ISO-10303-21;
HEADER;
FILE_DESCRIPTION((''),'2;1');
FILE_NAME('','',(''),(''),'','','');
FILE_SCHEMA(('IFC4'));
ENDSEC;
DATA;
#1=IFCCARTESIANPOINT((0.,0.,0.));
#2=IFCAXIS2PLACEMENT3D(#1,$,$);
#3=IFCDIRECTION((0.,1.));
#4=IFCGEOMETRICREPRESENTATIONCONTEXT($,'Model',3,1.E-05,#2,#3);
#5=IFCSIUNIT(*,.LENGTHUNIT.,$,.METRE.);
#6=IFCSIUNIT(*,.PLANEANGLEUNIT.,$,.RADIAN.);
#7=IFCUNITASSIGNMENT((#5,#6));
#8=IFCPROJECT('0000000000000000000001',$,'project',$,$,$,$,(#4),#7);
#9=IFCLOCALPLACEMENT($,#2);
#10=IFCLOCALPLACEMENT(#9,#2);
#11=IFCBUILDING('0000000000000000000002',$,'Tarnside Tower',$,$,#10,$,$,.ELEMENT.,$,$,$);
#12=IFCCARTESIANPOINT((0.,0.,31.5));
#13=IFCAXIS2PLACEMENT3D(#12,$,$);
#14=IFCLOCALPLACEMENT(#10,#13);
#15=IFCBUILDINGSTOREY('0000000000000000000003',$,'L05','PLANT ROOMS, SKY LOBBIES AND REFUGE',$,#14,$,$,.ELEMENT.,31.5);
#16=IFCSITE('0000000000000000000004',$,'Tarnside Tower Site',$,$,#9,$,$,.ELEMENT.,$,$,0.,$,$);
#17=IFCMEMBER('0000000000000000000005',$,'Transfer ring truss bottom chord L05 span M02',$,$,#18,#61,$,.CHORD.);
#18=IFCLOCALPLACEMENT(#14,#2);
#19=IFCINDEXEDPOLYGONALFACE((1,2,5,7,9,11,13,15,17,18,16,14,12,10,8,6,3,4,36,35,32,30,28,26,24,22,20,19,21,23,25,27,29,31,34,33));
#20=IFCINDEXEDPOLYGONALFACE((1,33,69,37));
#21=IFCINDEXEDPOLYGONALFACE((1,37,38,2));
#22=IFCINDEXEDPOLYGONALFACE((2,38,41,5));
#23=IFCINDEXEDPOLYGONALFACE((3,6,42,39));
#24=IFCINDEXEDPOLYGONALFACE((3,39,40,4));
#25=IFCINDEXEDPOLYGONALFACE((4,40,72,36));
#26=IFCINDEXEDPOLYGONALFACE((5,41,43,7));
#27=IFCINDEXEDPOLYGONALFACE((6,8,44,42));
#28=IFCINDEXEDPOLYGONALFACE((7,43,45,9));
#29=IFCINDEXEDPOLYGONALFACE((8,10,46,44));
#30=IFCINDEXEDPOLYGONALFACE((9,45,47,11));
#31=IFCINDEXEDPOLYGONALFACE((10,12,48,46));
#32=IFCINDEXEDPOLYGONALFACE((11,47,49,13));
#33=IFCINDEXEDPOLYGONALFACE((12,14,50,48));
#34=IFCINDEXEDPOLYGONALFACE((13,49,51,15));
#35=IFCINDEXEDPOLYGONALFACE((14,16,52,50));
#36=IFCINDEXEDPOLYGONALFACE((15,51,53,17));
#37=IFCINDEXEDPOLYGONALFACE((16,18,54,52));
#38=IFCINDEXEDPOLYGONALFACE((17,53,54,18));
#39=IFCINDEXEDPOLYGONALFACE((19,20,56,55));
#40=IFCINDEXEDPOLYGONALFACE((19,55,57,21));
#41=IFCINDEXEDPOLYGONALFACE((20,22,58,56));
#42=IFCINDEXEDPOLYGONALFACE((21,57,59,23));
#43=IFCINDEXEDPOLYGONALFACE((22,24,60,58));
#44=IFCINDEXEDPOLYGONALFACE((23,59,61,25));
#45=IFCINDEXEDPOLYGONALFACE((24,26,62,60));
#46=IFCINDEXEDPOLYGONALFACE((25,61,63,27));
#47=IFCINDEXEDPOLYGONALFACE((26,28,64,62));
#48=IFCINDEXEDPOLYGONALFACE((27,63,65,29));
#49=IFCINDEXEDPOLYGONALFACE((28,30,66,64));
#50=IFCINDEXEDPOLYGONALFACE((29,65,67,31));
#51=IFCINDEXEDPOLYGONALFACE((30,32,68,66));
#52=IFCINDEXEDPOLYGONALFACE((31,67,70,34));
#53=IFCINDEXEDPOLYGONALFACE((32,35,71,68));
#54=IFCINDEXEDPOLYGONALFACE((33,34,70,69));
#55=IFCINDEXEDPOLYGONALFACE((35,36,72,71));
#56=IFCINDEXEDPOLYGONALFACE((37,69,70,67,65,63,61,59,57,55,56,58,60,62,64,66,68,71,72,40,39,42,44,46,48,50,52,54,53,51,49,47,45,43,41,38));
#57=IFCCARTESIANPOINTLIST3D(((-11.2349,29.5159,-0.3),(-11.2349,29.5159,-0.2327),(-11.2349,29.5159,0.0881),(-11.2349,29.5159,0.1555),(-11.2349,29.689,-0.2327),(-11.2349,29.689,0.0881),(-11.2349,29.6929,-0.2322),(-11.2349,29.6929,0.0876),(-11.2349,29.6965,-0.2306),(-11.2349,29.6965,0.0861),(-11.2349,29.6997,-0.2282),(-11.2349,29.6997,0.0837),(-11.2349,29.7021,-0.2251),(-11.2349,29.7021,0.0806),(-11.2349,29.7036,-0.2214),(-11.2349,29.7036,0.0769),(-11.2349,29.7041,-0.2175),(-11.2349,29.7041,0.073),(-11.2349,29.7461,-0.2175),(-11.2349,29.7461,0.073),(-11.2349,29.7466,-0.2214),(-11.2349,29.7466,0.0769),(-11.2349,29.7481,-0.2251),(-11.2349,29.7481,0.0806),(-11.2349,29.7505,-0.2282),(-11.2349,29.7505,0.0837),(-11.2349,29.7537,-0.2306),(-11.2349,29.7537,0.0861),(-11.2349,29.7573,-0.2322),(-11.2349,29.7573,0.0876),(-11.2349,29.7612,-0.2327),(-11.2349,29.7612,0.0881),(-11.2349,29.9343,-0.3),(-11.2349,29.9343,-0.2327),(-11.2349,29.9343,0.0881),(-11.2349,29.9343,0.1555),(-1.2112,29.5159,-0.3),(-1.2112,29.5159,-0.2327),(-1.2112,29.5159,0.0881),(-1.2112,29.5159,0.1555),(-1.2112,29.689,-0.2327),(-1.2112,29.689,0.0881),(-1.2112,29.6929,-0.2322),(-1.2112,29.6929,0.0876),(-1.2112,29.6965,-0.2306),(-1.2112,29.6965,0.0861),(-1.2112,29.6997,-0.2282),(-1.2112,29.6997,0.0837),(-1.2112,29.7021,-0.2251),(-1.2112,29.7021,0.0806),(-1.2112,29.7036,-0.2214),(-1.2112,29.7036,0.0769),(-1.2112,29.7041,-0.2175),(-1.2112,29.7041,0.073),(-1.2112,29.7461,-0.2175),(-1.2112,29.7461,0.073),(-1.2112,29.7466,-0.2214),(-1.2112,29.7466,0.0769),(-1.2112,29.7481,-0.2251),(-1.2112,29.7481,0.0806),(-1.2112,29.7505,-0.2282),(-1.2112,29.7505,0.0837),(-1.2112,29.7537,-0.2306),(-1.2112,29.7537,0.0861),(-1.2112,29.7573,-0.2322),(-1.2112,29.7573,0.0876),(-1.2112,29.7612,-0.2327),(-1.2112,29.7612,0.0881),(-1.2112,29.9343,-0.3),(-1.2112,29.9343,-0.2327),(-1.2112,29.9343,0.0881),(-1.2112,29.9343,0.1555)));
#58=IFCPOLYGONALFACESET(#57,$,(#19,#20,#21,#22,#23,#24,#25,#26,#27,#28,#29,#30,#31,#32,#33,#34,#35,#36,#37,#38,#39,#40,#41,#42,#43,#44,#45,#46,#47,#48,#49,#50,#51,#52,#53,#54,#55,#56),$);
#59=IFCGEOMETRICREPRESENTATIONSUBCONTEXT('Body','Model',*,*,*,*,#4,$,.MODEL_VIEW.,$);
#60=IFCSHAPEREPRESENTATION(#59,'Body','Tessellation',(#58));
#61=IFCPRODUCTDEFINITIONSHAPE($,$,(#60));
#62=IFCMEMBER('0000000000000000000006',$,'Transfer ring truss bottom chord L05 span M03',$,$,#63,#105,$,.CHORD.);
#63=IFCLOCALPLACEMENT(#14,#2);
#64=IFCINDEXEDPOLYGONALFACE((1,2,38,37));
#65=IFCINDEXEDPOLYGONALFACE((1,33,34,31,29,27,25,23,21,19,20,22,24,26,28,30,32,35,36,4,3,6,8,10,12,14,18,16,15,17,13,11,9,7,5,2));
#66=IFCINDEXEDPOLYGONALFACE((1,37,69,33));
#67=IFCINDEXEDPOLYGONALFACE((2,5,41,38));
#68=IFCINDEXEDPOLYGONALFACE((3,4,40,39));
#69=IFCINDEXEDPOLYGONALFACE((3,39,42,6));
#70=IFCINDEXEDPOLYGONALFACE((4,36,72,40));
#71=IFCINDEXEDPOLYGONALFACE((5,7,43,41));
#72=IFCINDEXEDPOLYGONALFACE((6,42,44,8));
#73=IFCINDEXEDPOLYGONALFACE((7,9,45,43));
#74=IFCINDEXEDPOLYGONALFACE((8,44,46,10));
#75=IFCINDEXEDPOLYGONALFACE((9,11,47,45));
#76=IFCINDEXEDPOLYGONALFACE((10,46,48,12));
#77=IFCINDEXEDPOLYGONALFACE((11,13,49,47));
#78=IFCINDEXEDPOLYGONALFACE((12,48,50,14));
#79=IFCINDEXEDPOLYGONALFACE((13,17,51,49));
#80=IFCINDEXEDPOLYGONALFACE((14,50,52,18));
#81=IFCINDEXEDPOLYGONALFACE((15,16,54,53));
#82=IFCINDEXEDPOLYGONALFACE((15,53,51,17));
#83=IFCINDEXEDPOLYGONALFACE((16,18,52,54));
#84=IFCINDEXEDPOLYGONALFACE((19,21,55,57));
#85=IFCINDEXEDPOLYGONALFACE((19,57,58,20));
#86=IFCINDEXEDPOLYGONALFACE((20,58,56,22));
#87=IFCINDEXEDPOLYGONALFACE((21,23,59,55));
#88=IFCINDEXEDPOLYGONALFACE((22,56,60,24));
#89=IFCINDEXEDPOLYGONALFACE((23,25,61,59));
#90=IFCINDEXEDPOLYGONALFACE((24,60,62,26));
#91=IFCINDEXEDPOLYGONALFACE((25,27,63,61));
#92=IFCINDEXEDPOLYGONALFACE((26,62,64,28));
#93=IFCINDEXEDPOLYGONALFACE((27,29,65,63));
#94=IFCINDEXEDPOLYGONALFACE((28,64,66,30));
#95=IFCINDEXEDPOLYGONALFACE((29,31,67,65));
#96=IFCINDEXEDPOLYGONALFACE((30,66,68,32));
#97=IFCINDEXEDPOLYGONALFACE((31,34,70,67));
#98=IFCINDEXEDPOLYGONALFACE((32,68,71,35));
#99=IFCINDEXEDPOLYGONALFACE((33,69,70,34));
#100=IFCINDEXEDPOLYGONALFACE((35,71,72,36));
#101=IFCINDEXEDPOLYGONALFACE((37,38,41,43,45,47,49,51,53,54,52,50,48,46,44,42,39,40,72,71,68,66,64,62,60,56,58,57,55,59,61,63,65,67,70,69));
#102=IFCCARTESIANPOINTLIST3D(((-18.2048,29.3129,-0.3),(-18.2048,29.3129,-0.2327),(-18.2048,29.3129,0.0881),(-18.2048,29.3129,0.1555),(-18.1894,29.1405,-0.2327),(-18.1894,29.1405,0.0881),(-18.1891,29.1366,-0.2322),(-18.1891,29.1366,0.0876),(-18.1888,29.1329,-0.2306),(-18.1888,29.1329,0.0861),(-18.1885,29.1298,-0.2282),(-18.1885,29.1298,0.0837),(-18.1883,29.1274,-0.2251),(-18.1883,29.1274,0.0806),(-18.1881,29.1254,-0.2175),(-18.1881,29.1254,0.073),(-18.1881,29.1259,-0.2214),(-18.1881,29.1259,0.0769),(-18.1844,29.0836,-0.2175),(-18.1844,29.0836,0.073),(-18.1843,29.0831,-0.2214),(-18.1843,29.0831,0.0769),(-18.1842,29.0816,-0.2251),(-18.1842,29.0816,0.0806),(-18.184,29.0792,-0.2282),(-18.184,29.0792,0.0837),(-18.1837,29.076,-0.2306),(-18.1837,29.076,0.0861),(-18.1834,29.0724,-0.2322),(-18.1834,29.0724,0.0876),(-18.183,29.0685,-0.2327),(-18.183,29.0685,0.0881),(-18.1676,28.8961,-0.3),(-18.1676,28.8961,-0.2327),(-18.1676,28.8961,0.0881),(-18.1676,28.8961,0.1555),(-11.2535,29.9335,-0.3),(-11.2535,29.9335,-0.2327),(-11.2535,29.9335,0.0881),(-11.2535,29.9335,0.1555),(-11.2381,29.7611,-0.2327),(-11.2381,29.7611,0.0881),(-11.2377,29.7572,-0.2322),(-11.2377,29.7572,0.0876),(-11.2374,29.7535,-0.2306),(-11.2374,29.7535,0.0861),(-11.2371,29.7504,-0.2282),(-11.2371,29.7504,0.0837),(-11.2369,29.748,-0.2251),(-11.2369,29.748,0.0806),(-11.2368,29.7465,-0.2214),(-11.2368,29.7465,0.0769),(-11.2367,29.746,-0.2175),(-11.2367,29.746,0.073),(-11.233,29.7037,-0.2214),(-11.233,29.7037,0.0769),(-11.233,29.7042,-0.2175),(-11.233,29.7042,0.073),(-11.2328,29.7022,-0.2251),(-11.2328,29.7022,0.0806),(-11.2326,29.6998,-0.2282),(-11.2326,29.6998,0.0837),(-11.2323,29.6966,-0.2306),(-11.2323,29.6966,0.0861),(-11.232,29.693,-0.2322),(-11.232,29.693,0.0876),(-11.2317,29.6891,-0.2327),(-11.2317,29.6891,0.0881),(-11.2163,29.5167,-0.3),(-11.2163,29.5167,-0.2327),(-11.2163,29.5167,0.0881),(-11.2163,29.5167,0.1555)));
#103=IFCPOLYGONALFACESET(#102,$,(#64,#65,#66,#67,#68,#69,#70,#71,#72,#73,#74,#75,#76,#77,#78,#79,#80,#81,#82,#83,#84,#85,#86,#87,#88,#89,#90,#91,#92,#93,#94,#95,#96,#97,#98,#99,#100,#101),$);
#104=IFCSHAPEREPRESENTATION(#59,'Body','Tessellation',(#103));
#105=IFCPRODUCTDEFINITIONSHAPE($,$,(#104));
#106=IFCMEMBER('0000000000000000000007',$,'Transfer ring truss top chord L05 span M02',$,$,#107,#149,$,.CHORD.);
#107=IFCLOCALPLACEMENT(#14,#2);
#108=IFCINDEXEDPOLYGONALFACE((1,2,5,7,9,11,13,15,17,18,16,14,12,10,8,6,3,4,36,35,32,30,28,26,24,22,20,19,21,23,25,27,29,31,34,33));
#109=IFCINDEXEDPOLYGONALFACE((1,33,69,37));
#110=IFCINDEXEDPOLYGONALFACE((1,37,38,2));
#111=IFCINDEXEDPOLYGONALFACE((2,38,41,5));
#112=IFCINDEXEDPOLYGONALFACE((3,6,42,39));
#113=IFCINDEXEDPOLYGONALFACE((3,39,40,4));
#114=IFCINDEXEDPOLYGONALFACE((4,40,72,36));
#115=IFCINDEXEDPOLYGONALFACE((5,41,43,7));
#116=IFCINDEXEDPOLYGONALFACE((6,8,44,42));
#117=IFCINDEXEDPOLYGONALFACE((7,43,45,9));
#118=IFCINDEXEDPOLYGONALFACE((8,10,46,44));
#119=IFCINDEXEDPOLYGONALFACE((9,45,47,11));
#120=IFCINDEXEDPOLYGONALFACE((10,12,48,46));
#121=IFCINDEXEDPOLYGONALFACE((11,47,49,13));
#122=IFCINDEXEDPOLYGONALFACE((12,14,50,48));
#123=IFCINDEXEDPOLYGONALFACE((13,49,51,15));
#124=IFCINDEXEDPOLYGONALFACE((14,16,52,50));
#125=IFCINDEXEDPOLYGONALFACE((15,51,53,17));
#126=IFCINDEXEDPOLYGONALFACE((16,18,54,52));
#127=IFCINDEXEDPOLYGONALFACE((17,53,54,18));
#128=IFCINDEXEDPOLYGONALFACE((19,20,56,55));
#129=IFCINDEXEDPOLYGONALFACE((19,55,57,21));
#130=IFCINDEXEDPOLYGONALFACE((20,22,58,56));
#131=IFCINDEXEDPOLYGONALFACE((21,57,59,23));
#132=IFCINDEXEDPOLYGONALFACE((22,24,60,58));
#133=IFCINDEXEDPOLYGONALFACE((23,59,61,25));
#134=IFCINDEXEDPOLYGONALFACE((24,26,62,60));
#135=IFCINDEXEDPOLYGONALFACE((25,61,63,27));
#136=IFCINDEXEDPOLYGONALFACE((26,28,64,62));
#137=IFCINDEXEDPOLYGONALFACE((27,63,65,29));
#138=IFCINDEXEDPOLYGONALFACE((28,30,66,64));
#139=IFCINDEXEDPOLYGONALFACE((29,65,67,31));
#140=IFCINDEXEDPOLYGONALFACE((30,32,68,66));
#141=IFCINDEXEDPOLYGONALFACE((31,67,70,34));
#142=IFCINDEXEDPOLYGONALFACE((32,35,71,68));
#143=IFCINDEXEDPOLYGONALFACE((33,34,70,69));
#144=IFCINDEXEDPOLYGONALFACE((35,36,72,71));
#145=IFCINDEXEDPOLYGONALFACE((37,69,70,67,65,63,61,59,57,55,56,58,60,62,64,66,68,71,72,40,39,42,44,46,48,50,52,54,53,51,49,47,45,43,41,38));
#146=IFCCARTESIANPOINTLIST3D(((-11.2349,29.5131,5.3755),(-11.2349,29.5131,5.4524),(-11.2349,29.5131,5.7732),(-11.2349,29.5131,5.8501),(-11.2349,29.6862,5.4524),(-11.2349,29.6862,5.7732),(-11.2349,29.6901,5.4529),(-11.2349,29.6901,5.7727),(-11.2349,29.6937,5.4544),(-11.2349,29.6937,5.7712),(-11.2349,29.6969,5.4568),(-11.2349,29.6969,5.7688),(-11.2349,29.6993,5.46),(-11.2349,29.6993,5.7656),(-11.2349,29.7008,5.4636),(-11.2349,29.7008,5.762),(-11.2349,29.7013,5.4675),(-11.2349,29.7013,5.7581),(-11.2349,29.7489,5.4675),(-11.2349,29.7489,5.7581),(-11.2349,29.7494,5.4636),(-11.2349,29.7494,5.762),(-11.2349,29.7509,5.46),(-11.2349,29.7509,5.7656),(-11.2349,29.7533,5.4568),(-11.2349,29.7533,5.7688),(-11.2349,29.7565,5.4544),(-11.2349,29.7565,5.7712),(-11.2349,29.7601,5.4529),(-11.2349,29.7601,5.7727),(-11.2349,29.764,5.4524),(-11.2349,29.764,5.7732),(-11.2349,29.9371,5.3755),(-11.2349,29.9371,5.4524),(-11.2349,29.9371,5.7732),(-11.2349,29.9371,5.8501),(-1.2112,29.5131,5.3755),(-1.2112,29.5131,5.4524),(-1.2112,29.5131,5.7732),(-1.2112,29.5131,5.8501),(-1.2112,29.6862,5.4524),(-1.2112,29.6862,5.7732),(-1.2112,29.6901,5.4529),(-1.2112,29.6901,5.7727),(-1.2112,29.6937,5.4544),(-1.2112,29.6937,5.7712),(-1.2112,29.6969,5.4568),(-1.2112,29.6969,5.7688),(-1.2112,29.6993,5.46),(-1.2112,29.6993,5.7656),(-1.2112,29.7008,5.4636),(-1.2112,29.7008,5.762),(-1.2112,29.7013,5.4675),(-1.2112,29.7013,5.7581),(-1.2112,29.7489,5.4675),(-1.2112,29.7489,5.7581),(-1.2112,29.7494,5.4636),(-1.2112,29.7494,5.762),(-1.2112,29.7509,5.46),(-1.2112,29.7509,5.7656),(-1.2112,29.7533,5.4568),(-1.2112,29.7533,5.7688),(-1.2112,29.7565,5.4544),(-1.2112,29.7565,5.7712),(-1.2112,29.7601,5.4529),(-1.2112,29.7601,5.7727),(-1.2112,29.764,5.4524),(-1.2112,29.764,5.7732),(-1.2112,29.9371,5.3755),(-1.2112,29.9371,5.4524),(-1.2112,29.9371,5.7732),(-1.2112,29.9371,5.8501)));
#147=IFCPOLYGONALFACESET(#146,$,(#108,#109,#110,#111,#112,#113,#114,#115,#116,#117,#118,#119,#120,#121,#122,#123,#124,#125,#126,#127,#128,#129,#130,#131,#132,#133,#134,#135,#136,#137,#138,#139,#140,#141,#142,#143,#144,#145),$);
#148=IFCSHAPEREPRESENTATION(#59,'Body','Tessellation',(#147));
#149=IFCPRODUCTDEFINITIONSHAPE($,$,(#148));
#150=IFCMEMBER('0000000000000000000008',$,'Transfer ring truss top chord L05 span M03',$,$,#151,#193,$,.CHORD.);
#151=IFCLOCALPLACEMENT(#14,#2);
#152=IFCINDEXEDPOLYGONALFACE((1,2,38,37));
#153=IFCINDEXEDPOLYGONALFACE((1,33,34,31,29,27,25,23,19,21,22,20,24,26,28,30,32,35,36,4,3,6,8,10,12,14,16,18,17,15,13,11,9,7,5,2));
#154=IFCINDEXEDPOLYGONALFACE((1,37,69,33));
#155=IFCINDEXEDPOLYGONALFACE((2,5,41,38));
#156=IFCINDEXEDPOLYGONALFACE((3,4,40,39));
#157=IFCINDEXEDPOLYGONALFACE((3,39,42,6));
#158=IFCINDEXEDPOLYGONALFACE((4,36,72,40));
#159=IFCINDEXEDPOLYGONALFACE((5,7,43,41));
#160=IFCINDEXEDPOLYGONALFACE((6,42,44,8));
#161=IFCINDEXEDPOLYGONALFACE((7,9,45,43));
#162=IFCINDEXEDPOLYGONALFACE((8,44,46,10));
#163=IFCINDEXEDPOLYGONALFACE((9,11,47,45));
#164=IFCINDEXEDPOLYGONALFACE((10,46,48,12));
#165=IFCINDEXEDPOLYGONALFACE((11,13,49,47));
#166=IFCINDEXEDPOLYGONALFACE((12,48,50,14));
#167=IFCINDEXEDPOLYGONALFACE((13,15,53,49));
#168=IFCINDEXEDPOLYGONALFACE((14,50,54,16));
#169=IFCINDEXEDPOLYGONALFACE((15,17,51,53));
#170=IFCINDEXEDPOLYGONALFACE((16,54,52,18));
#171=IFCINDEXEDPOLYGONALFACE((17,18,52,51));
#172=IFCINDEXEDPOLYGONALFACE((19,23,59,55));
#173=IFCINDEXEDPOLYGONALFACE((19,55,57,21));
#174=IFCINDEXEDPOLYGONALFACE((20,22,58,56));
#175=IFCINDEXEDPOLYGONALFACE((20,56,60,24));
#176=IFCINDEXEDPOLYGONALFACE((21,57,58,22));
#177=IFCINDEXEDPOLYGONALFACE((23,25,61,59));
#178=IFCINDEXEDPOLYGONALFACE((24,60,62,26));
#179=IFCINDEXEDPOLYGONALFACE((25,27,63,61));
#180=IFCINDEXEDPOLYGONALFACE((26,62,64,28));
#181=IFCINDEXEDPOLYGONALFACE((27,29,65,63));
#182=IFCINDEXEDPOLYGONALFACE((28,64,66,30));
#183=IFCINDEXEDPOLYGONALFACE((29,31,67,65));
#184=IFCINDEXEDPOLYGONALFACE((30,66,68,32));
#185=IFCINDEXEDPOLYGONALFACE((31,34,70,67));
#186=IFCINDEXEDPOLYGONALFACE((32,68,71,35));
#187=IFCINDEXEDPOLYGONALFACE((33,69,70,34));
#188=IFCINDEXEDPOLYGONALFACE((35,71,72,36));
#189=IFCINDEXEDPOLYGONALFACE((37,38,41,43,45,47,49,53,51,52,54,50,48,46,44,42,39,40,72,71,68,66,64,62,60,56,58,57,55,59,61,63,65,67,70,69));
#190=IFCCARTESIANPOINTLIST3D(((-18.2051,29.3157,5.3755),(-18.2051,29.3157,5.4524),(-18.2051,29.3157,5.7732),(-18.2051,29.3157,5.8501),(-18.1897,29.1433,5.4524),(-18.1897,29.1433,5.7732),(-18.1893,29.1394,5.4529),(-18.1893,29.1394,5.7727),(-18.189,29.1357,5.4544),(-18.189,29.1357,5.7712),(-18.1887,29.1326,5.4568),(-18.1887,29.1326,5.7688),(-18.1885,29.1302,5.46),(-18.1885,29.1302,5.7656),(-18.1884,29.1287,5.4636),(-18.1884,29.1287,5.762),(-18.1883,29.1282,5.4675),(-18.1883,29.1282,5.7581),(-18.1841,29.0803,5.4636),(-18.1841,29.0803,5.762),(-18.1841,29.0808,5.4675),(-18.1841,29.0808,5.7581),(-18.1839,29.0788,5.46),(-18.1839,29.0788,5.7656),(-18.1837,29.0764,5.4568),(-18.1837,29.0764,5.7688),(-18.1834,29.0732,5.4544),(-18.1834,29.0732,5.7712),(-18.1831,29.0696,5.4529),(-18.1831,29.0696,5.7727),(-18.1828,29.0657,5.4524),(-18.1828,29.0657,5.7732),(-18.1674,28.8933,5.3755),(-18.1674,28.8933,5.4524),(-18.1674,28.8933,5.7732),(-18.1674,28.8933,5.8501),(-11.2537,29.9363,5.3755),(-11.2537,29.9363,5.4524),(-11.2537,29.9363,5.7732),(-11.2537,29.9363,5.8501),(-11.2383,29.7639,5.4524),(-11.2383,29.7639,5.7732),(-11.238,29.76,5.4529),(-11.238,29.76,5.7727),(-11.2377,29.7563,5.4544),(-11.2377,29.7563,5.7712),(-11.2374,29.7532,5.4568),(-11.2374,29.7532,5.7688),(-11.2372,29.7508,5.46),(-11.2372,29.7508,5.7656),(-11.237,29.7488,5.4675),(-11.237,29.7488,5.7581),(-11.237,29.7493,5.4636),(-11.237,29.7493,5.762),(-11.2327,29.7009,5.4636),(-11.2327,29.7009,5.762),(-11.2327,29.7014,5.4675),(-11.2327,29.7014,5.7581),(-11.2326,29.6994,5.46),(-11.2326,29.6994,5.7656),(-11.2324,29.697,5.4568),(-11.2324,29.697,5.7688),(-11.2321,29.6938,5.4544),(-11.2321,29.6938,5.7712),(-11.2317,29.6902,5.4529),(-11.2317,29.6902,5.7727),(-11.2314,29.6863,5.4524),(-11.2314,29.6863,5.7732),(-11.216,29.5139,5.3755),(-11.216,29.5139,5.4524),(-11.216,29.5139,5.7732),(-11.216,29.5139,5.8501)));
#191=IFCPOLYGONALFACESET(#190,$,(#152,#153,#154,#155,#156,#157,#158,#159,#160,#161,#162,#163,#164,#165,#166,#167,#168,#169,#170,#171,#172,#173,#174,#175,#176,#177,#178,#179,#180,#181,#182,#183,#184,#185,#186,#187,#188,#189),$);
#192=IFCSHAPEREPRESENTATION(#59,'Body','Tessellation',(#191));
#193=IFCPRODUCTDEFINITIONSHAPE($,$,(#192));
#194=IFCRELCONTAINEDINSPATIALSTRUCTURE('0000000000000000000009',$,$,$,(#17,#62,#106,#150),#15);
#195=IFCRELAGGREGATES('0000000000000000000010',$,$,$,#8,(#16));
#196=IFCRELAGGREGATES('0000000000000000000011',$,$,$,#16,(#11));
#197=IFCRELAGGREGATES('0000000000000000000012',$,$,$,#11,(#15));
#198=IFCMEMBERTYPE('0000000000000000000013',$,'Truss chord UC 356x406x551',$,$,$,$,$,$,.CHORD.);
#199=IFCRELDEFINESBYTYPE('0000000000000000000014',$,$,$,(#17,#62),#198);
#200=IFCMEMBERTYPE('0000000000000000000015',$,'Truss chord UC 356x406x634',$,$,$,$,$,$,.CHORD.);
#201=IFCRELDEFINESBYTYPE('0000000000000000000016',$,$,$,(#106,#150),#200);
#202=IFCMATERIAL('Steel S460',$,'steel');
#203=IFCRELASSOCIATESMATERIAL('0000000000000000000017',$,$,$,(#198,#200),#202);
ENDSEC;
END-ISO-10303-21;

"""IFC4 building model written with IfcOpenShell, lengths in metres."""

from ifc_helpers import new_model, si_unit, direction, frame, origin, origin_2d, place, context, subcontext, project, spatial, i_section, extrude, material, material_profile, profile_set, type_object, element, save


model = new_model("IFC4")

# Units and contexts
model_context = context("Model", 3, precision=1e-05, world=origin(), true_north=direction((0.0, 1.0)))
body_context = subcontext(model_context, "Body", "Model", "MODEL_VIEW")
ifc_project = project(units=[si_unit("LENGTHUNIT", "METRE"), si_unit("PLANEANGLEUNIT", "RADIAN")], contexts=[model_context])

# Site, building, storey
site_placement = place(None, origin())
site = spatial("IfcSite", under=ifc_project, at=site_placement, Name="Tarnside Tower Site", CompositionType="ELEMENT", RefElevation=0.0)
building_placement = place(site_placement, origin())
building = spatial("IfcBuilding", under=site, at=building_placement, Name="Tarnside Tower", CompositionType="ELEMENT")
storey_placement = place(building_placement, frame((0.0, 0.0, 31.5)))
storey = spatial("IfcBuildingStorey", under=building, at=storey_placement, Name="L05", Description="PLANT ROOMS, SKY LOBBIES AND REFUGE", CompositionType="ELEMENT", Elevation=31.5)

# Members
ifc_material_1 = material(Name="Steel S460", Category="steel")
ifc_material_profile_1 = material_profile(ifc_material_1, i_section(OverallWidth=0.4185, OverallDepth=0.4556, WebThickness=0.042, FlangeThickness=0.0674, FilletRadius=0.0151, at=origin_2d()), Name="UC 356x406x551")
ifc_profile_set_1 = profile_set([ifc_material_profile_1], Name="Steel S460")
member_type_1 = type_object("IfcMemberType", Name="Truss chord UC 356x406x551", PredefinedType="CHORD", material=ifc_profile_set_1)
member_1_placement = place(storey_placement, frame((-1.2112, 29.7251, -0.0723), z_axis=(-1.0, 0.0, 0.0), x_axis=(0.0, -1.0, 0.0)))
element("IfcMember", 1, at=member_1_placement, inside=storey, type_object=member_type_1, Name="Transfer ring truss bottom chord L05 span M02", PredefinedType="CHORD", context=body_context, shape_type="SweptSolid", body=[
    extrude(i_section(OverallWidth=0.4185, OverallDepth=0.4556, WebThickness=0.042, FlangeThickness=0.0674, FilletRadius=0.0151, at=origin_2d()), origin(), (0.0, 0.0, 1.0), 10.0237),
])
member_2_placement = place(storey_placement, frame((-11.2349, 29.7251, -0.0723), z_axis=(-0.996038, -0.088924, 0.0), x_axis=(0.088924, -0.996038, 0.0)))
element("IfcMember", 2, at=member_2_placement, inside=storey, type_object=member_type_1, Name="Transfer ring truss bottom chord L05 span M03", PredefinedType="CHORD", context=body_context, shape_type="SweptSolid", body=[
    extrude(i_section(OverallWidth=0.4185, OverallDepth=0.4556, WebThickness=0.042, FlangeThickness=0.0674, FilletRadius=0.0151, at=origin_2d()), origin(), (0.0, 0.0, 1.0), 6.979),
])
ifc_material_profile_2 = material_profile(ifc_material_1, i_section(OverallWidth=0.4241, OverallDepth=0.4746, WebThickness=0.0476, FlangeThickness=0.0769, FilletRadius=0.0151, at=origin_2d()), Name="UC 356x406x634")
ifc_profile_set_2 = profile_set([ifc_material_profile_2], Name="Steel S460")
member_type_2 = type_object("IfcMemberType", Name="Truss chord UC 356x406x634", PredefinedType="CHORD", material=ifc_profile_set_2)
member_3_placement = place(storey_placement, frame((-1.2112, 29.7251, 5.6128), z_axis=(-1.0, 0.0, 0.0), x_axis=(0.0, -1.0, 0.0)))
element("IfcMember", 3, at=member_3_placement, inside=storey, type_object=member_type_2, Name="Transfer ring truss top chord L05 span M02", PredefinedType="CHORD", context=body_context, shape_type="SweptSolid", body=[
    extrude(i_section(OverallWidth=0.4241, OverallDepth=0.4746, WebThickness=0.0476, FlangeThickness=0.0769, FilletRadius=0.0151, at=origin_2d()), origin(), (0.0, 0.0, 1.0), 10.0237),
])
member_4_placement = place(storey_placement, frame((-11.2349, 29.7251, 5.6128), z_axis=(-0.996038, -0.088924, 0.0), x_axis=(0.088924, -0.996038, 0.0)))
element("IfcMember", 4, at=member_4_placement, inside=storey, type_object=member_type_2, Name="Transfer ring truss top chord L05 span M03", PredefinedType="CHORD", context=body_context, shape_type="SweptSolid", body=[
    extrude(i_section(OverallWidth=0.4241, OverallDepth=0.4746, WebThickness=0.0476, FlangeThickness=0.0769, FilletRadius=0.0151, at=origin_2d()), origin(), (0.0, 0.0, 1.0), 6.979),
])

save(model, "model.ifc")
